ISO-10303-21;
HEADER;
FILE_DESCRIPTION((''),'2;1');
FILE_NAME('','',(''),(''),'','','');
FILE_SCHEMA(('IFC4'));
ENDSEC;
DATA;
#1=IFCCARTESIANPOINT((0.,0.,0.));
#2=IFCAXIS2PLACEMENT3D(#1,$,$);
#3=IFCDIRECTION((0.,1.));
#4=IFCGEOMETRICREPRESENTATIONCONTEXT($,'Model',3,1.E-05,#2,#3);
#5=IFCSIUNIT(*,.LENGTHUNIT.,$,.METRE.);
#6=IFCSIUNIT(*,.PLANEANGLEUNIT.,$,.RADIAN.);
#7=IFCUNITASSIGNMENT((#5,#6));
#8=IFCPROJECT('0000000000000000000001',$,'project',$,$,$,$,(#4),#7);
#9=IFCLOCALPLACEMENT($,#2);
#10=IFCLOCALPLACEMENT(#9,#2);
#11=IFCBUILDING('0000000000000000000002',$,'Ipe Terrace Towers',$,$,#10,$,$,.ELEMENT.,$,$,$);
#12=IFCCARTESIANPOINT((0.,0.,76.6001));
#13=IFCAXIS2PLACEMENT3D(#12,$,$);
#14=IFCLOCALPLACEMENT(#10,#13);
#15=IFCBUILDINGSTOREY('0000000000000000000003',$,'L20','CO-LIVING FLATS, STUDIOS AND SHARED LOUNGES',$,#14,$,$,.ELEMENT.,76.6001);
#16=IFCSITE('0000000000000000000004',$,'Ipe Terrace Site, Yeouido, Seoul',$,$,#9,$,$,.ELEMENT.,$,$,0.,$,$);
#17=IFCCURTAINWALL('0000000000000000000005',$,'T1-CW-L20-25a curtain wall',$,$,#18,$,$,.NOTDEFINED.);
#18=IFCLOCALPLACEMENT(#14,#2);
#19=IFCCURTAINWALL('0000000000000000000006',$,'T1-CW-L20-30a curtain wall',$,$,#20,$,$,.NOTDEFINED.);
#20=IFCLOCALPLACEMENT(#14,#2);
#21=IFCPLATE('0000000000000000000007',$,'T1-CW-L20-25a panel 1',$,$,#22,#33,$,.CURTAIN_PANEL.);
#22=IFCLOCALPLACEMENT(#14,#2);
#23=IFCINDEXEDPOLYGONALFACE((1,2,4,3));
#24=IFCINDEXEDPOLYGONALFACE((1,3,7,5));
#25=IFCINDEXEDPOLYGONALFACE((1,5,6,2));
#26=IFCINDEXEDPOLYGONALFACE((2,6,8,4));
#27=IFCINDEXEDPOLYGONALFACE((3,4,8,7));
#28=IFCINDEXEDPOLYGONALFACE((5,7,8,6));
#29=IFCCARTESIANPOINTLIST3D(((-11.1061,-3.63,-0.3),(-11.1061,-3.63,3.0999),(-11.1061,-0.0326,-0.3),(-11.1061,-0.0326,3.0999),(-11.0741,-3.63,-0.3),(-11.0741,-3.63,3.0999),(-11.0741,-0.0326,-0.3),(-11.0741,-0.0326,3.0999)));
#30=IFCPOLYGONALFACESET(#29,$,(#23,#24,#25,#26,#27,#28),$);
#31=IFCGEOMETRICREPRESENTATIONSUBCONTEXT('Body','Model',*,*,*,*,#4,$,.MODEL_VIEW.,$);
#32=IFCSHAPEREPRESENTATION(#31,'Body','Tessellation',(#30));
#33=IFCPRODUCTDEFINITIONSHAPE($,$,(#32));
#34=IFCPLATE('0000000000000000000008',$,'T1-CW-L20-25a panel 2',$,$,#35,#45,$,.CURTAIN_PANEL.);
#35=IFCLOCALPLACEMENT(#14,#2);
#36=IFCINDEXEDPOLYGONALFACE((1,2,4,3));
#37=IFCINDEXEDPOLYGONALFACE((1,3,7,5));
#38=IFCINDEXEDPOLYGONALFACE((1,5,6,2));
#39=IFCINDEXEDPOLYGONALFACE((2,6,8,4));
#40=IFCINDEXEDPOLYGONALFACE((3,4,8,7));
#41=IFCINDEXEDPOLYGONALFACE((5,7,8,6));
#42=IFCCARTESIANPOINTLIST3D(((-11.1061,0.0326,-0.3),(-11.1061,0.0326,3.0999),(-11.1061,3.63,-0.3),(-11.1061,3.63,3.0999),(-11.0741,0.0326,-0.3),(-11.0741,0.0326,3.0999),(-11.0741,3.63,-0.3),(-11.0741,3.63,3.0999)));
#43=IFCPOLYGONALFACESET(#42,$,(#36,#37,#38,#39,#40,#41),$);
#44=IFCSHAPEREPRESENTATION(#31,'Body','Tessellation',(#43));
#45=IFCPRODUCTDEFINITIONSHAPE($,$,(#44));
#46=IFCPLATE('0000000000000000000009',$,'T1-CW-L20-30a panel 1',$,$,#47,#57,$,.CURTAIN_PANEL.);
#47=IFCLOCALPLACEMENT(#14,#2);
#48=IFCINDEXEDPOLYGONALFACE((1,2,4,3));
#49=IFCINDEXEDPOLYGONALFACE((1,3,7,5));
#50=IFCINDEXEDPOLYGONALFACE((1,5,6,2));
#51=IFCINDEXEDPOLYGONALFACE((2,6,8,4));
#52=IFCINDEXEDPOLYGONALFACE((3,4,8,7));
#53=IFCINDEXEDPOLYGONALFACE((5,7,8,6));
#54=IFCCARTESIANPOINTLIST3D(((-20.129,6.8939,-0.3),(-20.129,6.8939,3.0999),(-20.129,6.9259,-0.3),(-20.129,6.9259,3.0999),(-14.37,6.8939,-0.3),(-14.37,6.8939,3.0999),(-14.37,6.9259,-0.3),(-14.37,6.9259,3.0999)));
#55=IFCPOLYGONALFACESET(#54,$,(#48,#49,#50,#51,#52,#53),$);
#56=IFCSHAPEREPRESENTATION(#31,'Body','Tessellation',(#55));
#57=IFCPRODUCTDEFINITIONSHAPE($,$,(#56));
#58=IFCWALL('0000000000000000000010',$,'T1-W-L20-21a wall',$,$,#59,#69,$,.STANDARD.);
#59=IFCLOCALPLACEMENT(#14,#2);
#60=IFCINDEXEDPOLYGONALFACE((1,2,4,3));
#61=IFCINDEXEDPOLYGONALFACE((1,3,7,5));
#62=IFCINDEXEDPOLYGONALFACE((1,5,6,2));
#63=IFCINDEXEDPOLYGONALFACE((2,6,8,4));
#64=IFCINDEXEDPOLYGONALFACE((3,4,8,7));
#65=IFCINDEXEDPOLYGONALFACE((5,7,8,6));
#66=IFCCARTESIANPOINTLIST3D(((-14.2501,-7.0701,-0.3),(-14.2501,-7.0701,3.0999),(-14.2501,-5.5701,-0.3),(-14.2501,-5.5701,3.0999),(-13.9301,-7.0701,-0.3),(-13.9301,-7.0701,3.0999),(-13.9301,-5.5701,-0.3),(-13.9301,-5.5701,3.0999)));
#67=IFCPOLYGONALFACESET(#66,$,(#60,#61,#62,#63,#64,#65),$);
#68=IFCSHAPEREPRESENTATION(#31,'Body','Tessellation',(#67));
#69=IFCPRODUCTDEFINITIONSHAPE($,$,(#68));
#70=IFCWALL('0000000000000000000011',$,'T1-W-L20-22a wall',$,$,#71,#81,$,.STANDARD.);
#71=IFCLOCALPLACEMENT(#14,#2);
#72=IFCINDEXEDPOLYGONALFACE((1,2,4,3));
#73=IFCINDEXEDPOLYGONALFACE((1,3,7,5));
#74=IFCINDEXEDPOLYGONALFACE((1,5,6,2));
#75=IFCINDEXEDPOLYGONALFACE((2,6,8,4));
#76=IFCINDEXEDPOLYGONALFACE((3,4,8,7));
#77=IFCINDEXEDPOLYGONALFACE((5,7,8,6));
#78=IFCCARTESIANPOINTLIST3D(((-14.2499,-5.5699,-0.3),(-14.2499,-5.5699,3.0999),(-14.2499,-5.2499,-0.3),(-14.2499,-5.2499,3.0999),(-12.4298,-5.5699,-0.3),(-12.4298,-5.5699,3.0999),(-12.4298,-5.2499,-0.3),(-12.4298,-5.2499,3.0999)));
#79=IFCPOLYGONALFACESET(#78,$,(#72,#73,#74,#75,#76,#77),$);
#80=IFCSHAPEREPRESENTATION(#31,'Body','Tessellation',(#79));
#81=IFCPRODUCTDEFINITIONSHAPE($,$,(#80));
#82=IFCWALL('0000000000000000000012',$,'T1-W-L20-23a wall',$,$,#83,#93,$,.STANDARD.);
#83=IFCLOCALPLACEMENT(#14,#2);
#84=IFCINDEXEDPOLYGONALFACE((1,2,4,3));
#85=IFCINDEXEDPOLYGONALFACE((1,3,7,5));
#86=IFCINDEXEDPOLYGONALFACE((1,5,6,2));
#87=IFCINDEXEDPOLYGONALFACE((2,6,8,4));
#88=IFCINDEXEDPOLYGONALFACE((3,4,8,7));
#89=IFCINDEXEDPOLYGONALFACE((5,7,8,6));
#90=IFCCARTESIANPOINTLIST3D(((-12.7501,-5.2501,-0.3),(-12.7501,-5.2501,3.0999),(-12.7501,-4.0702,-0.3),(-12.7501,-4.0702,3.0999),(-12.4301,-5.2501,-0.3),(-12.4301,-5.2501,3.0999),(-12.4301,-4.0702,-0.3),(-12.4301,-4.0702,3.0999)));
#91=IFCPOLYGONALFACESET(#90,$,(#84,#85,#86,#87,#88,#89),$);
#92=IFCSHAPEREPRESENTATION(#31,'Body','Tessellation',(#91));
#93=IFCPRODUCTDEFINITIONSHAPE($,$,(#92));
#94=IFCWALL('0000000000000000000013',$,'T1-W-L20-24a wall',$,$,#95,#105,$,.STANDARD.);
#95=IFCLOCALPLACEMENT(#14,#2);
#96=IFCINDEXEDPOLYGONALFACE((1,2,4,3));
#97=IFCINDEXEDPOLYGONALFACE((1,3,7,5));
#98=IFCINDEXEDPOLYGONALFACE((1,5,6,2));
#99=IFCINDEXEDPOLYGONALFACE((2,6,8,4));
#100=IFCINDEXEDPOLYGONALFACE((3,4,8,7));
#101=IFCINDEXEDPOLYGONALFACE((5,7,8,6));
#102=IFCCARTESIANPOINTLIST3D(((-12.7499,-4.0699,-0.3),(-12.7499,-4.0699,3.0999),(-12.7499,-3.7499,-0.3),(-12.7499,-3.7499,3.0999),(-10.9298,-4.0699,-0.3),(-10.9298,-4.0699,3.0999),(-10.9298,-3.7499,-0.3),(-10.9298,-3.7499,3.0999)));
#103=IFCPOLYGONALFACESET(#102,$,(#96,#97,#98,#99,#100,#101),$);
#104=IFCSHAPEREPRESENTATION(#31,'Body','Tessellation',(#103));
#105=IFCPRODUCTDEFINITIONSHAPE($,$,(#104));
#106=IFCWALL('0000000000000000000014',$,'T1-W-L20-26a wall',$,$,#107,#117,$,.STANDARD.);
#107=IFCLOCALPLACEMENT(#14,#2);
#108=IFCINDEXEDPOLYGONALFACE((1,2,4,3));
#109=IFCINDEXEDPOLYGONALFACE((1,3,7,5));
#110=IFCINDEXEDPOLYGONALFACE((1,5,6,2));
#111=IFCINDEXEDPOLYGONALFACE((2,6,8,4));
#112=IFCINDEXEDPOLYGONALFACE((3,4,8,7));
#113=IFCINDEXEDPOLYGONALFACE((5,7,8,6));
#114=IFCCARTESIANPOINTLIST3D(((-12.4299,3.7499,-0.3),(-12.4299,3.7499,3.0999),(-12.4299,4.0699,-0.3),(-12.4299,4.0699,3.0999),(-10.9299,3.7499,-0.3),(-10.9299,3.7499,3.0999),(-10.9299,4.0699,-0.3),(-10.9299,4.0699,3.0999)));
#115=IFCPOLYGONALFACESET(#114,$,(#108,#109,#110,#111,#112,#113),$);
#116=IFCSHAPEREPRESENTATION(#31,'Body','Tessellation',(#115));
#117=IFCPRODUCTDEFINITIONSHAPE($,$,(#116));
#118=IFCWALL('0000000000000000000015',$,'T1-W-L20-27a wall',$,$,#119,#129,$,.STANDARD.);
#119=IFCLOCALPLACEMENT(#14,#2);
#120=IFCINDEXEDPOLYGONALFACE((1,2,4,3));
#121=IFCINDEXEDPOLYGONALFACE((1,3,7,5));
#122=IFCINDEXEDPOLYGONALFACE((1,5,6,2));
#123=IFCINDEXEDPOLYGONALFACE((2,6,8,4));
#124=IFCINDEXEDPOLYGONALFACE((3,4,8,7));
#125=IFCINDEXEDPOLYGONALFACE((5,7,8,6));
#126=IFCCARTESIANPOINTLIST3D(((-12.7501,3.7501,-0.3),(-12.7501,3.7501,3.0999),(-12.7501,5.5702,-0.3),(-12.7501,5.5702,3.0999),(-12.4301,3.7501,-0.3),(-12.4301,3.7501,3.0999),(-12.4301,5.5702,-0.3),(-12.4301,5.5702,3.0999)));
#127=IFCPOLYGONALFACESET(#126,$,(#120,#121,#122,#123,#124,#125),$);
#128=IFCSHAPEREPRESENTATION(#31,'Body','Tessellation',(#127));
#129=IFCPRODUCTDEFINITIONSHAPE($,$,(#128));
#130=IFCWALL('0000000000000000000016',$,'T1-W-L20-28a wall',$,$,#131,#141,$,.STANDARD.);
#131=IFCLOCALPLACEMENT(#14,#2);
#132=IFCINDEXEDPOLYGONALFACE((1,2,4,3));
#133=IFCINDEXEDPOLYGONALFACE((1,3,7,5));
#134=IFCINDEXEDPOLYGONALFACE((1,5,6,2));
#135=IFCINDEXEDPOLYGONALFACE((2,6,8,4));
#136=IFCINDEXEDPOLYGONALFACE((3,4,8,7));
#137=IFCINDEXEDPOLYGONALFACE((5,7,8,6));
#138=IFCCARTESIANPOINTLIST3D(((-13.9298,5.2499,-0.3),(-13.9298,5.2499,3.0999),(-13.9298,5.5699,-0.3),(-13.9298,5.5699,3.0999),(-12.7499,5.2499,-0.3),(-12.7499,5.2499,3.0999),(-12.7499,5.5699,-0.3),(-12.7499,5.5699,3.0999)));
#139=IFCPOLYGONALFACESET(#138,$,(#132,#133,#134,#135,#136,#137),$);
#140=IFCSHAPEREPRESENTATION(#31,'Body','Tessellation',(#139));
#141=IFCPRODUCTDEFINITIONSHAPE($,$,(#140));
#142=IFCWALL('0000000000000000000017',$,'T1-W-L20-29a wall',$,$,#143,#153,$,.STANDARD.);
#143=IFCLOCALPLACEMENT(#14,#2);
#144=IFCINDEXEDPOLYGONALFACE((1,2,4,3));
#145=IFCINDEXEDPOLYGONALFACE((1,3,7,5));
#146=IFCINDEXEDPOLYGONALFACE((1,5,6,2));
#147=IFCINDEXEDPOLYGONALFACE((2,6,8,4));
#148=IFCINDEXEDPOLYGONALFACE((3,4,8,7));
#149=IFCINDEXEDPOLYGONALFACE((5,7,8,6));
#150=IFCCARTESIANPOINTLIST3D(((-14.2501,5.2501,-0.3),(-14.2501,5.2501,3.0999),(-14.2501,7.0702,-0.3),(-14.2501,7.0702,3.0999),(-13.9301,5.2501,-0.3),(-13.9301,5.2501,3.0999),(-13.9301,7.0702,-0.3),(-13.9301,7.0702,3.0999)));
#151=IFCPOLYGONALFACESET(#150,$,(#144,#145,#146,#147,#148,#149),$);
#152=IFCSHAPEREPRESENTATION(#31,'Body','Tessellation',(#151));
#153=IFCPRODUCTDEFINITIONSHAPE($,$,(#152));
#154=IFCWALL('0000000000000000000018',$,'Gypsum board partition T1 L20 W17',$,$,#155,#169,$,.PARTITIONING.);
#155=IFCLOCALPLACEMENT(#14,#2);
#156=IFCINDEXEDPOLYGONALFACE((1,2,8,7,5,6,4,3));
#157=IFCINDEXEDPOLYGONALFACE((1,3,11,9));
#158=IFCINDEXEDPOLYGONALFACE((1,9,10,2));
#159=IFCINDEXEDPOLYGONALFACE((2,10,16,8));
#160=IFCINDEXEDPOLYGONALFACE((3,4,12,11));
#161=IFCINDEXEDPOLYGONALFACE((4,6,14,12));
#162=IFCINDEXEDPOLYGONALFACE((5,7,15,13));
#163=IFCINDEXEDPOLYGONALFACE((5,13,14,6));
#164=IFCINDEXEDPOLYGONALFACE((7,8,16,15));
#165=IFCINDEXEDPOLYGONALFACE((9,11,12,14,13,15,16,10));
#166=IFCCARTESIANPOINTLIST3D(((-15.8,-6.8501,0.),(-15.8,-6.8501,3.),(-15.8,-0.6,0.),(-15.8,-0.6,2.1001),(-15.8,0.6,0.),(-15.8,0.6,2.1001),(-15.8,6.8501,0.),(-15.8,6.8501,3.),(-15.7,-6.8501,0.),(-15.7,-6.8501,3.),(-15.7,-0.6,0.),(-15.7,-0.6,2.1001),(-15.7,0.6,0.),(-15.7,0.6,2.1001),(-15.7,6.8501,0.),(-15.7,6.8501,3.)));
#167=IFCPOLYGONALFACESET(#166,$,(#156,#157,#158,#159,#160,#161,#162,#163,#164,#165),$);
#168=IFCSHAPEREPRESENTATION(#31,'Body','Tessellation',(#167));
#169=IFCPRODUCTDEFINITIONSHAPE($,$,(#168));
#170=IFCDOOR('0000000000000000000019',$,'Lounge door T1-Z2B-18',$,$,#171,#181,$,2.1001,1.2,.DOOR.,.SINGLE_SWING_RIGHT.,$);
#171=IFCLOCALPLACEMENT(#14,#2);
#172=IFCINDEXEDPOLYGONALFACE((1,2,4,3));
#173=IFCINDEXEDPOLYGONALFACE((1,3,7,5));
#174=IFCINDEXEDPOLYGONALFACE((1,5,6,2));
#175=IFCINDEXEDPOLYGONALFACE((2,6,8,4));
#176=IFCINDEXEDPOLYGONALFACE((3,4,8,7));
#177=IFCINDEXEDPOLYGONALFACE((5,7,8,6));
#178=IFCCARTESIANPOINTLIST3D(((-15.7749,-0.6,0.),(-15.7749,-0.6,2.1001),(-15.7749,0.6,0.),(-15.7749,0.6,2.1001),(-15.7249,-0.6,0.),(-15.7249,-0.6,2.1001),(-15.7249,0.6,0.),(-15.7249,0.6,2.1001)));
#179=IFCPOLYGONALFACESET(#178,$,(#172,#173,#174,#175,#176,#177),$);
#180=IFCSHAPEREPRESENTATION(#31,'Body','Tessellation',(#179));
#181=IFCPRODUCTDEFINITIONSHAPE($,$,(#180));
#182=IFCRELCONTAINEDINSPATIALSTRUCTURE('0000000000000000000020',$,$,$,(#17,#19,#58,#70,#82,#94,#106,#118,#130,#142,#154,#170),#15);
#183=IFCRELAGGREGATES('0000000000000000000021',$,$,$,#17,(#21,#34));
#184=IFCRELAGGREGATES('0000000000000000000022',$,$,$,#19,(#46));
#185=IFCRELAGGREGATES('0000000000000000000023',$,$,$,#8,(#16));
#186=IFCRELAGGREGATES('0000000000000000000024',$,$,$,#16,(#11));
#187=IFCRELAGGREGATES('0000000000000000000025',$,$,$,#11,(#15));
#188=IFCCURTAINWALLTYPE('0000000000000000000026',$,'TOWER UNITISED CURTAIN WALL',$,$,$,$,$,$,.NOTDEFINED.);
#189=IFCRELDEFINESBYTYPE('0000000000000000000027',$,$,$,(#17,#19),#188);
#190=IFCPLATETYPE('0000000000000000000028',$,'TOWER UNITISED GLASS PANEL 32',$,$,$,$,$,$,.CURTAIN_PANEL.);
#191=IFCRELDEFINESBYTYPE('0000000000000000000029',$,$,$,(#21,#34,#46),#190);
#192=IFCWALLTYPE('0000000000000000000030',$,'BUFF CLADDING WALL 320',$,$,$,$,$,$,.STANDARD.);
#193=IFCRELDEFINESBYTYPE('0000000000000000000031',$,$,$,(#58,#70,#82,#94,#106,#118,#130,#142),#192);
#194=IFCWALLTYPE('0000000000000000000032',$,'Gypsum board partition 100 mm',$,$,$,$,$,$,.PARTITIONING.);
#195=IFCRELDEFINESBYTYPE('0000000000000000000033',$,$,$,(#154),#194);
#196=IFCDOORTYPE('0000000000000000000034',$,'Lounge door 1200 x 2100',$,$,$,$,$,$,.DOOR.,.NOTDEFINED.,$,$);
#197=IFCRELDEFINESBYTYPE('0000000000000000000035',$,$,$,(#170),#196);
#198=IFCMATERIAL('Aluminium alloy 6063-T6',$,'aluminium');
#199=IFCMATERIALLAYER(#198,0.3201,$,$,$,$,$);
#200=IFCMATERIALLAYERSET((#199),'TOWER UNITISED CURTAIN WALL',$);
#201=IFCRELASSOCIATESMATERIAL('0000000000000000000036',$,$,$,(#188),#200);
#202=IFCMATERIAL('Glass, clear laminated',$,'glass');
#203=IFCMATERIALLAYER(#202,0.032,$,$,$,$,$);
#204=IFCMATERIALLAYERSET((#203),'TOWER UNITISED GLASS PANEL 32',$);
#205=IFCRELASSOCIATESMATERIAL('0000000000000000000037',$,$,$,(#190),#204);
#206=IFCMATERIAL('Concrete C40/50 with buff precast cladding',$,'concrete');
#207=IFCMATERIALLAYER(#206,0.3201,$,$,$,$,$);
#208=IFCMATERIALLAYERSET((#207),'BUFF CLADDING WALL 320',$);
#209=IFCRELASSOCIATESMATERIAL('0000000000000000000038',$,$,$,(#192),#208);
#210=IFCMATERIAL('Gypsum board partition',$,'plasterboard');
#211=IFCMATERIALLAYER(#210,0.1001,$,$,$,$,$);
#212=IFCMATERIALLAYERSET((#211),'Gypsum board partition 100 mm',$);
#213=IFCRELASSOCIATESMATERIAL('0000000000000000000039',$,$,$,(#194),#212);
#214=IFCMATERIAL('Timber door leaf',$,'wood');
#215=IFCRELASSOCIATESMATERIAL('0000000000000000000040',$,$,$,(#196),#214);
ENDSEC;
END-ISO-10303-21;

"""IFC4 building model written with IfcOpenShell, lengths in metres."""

from ifc_helpers import new_model, si_unit, direction, frame, frame_2d, origin, origin_2d, place, context, subcontext, project, spatial, rectangle, extrude, material, layer, layer_set, type_object, element, fill, aggregate, save


model = new_model("IFC4")

# Units and contexts
model_context = context("Model", 3, precision=1e-05, world=origin(), true_north=direction((0.0, 1.0)))
body_context = subcontext(model_context, "Body", "Model", "MODEL_VIEW")
ifc_project = project(units=[si_unit("LENGTHUNIT", "METRE"), si_unit("PLANEANGLEUNIT", "RADIAN")], contexts=[model_context])

# Site, building, storey
site_placement = place(None, origin())
site = spatial("IfcSite", under=ifc_project, at=site_placement, Name="Ipe Terrace Site, Yeouido, Seoul", CompositionType="ELEMENT", RefElevation=0.0)
building_placement = place(site_placement, origin())
building = spatial("IfcBuilding", under=site, at=building_placement, Name="Ipe Terrace Towers", CompositionType="ELEMENT")
storey_placement = place(building_placement, frame((0.0, 0.0, 76.6001)))
storey = spatial("IfcBuildingStorey", under=building, at=storey_placement, Name="L20", Description="CO-LIVING FLATS, STUDIOS AND SHARED LOUNGES", CompositionType="ELEMENT", Elevation=76.6001)

# Shared definitions
ifc_material_1 = material(Name="Aluminium alloy 6063-T6", Category="aluminium")
ifc_layer_1 = layer(ifc_material_1, 0.3201)
ifc_layer_set_1 = layer_set([ifc_layer_1], Name="TOWER UNITISED CURTAIN WALL")
curtain_wall_type = type_object("IfcCurtainWallType", Name="TOWER UNITISED CURTAIN WALL", PredefinedType="NOTDEFINED", material=ifc_layer_set_1)

# Curtain wall
curtain_wall_1_placement = place(storey_placement, origin())
curtain_wall_1 = element("IfcCurtainWall", 1, at=curtain_wall_1_placement, inside=storey, type_object=curtain_wall_type, Name="T1-CW-L20-25a curtain wall", PredefinedType="NOTDEFINED")

# Curtain wall
curtain_wall_2_placement = place(storey_placement, origin())
curtain_wall_2 = element("IfcCurtainWall", 2, at=curtain_wall_2_placement, inside=storey, type_object=curtain_wall_type, Name="T1-CW-L20-30a curtain wall", PredefinedType="NOTDEFINED")

# Plates
ifc_material_2 = material(Name="Glass, clear laminated", Category="glass")
ifc_layer_2 = layer(ifc_material_2, 0.032)
ifc_layer_set_2 = layer_set([ifc_layer_2], Name="TOWER UNITISED GLASS PANEL 32")
plate_type = type_object("IfcPlateType", Name="TOWER UNITISED GLASS PANEL 32", PredefinedType="CURTAIN_PANEL", material=ifc_layer_set_2)
plate_1_placement = place(storey_placement, frame((-11.0901, -1.8313, -0.3), z_axis=(0.0, 0.0, 1.0), x_axis=(0.0, 1.0, 0.0)))
plate_1 = element("IfcPlate", 3, at=plate_1_placement, type_object=plate_type, Name="T1-CW-L20-25a panel 1", PredefinedType="CURTAIN_PANEL", context=body_context, shape_type="SweptSolid", body=[
    extrude(rectangle(XDim=3.5974, YDim=0.032, at=origin_2d()), origin(), (0.0, 0.0, 1.0), 3.3999),
])
plate_2_placement = place(storey_placement, frame((-11.0901, 1.8313, -0.3), z_axis=(0.0, 0.0, 1.0), x_axis=(0.0, 1.0, 0.0)))
plate_2 = element("IfcPlate", 4, at=plate_2_placement, type_object=plate_type, Name="T1-CW-L20-25a panel 2", PredefinedType="CURTAIN_PANEL", context=body_context, shape_type="SweptSolid", body=[
    extrude(rectangle(XDim=3.5974, YDim=0.032, at=origin_2d()), origin(), (0.0, 0.0, 1.0), 3.3999),
])
aggregate(curtain_wall_1, [plate_1, plate_2])
plate_3_placement = place(storey_placement, frame((-17.2495, 6.9099, -0.3), z_axis=(0.0, 0.0, 1.0), x_axis=(-1.0, 0.0, 0.0)))
plate_3 = element("IfcPlate", 5, at=plate_3_placement, type_object=plate_type, Name="T1-CW-L20-30a panel 1", PredefinedType="CURTAIN_PANEL", context=body_context, shape_type="SweptSolid", body=[
    extrude(rectangle(XDim=5.759, YDim=0.032, at=origin_2d()), origin(), (0.0, 0.0, 1.0), 3.3999),
])
aggregate(curtain_wall_2, [plate_3])

# Walls
ifc_material_3 = material(Name="Concrete C40/50 with buff precast cladding", Category="concrete")
ifc_layer_3 = layer(ifc_material_3, 0.3201)
ifc_layer_set_3 = layer_set([ifc_layer_3], Name="BUFF CLADDING WALL 320")
wall_type_1 = type_object("IfcWallType", Name="BUFF CLADDING WALL 320", PredefinedType="STANDARD", material=ifc_layer_set_3)
wall_1_placement = place(storey_placement, frame((-14.0901, -7.0701, -0.3), z_axis=(0.0, 0.0, 1.0), x_axis=(0.0, 1.0, 0.0)))
element("IfcWall", 6, at=wall_1_placement, inside=storey, type_object=wall_type_1, Name="T1-W-L20-21a wall", PredefinedType="STANDARD", context=body_context, shape_type="SweptSolid", body=[
    extrude(rectangle(XDim=1.5, YDim=0.3201, at=frame_2d((0.75, 0.0))), origin(), (0.0, 0.0, 1.0), 3.3999),
])
wall_2_placement = place(storey_placement, frame((-14.25, -5.4099, -0.3), z_axis=(0.0, 0.0, 1.0), x_axis=(1.0, 0.0, 0.0)))
element("IfcWall", 7, at=wall_2_placement, inside=storey, type_object=wall_type_1, Name="T1-W-L20-22a wall", PredefinedType="STANDARD", context=body_context, shape_type="SweptSolid", body=[
    extrude(rectangle(XDim=1.8201, YDim=0.3201, at=frame_2d((0.9102, 0.0))), origin(), (0.0, 0.0, 1.0), 3.3999),
])
wall_3_placement = place(storey_placement, frame((-12.5901, -5.25, -0.3), z_axis=(0.0, 0.0, 1.0), x_axis=(0.0, 1.0, 0.0)))
element("IfcWall", 8, at=wall_3_placement, inside=storey, type_object=wall_type_1, Name="T1-W-L20-23a wall", PredefinedType="STANDARD", context=body_context, shape_type="SweptSolid", body=[
    extrude(rectangle(XDim=1.1799, YDim=0.3201, at=frame_2d((0.5898, 0.0))), origin(), (0.0, 0.0, 1.0), 3.3999),
])
wall_4_placement = place(storey_placement, frame((-12.75, -3.9099, -0.3), z_axis=(0.0, 0.0, 1.0), x_axis=(1.0, 0.0, 0.0)))
element("IfcWall", 9, at=wall_4_placement, inside=storey, type_object=wall_type_1, Name="T1-W-L20-24a wall", PredefinedType="STANDARD", context=body_context, shape_type="SweptSolid", body=[
    extrude(rectangle(XDim=1.8201, YDim=0.3201, at=frame_2d((0.9102, 0.0))), origin(), (0.0, 0.0, 1.0), 3.3999),
])
wall_5_placement = place(storey_placement, frame((-10.9299, 3.9099, -0.3), z_axis=(0.0, 0.0, 1.0), x_axis=(-1.0, 0.0, 0.0)))
element("IfcWall", 10, at=wall_5_placement, inside=storey, type_object=wall_type_1, Name="T1-W-L20-26a wall", PredefinedType="STANDARD", context=body_context, shape_type="SweptSolid", body=[
    extrude(rectangle(XDim=1.5, YDim=0.3201, at=frame_2d((0.75, 0.0))), origin(), (0.0, 0.0, 1.0), 3.3999),
])
wall_6_placement = place(storey_placement, frame((-12.5901, 3.75, -0.3), z_axis=(0.0, 0.0, 1.0), x_axis=(0.0, 1.0, 0.0)))
element("IfcWall", 11, at=wall_6_placement, inside=storey, type_object=wall_type_1, Name="T1-W-L20-27a wall", PredefinedType="STANDARD", context=body_context, shape_type="SweptSolid", body=[
    extrude(rectangle(XDim=1.8201, YDim=0.3201, at=frame_2d((0.9102, 0.0))), origin(), (0.0, 0.0, 1.0), 3.3999),
])
wall_7_placement = place(storey_placement, frame((-12.75, 5.4099, -0.3), z_axis=(0.0, 0.0, 1.0), x_axis=(-1.0, 0.0, 0.0)))
element("IfcWall", 12, at=wall_7_placement, inside=storey, type_object=wall_type_1, Name="T1-W-L20-28a wall", PredefinedType="STANDARD", context=body_context, shape_type="SweptSolid", body=[
    extrude(rectangle(XDim=1.1799, YDim=0.3201, at=frame_2d((0.5898, 0.0))), origin(), (0.0, 0.0, 1.0), 3.3999),
])
wall_8_placement = place(storey_placement, frame((-14.0901, 5.25, -0.3), z_axis=(0.0, 0.0, 1.0), x_axis=(0.0, 1.0, 0.0)))
element("IfcWall", 13, at=wall_8_placement, inside=storey, type_object=wall_type_1, Name="T1-W-L20-29a wall", PredefinedType="STANDARD", context=body_context, shape_type="SweptSolid", body=[
    extrude(rectangle(XDim=1.8201, YDim=0.3201, at=frame_2d((0.9102, 0.0))), origin(), (0.0, 0.0, 1.0), 3.3999),
])

# Wall, opening, door
ifc_material_4 = material(Name="Gypsum board partition", Category="plasterboard")
ifc_layer_4 = layer(ifc_material_4, 0.1001)
ifc_layer_set_4 = layer_set([ifc_layer_4], Name="Gypsum board partition 100 mm")
wall_type_2 = type_object("IfcWallType", Name="Gypsum board partition 100 mm", PredefinedType="PARTITIONING", material=ifc_layer_set_4)
wall_9_placement = place(storey_placement, frame((-15.75, -6.8501, 0.0), z_axis=(0.0, 0.0, 1.0), x_axis=(0.0, 1.0, 0.0)))
wall_9 = element("IfcWall", 14, at=wall_9_placement, inside=storey, type_object=wall_type_2, Name="Gypsum board partition T1 L20 W17", PredefinedType="PARTITIONING", context=body_context, shape_type="SweptSolid", body=[
    extrude(rectangle(XDim=13.7002, YDim=0.1001, at=frame_2d((6.8501, 0.0))), origin(), (0.0, 0.0, 1.0), 3.0),
])
opening_placement = place(wall_9_placement, frame((6.25, 0.0, 0.0)))
opening = element("IfcOpeningElement", 15, at=opening_placement, cuts=wall_9, PredefinedType="OPENING", context=body_context, shape_type="SweptSolid", body=[
    extrude(rectangle(XDim=1.2, YDim=2.1001, at=frame_2d((0.6001, 1.05))), frame((0.0, 0.0601, 0.0), z_axis=(0.0, -1.0, 0.0), x_axis=(1.0, 0.0, 0.0)), (0.0, 0.0, 1.0), 0.1201),
])
ifc_material_5 = material(Name="Timber door leaf", Category="wood")
door_type = type_object("IfcDoorType", Name="Lounge door 1200 x 2100", OperationType="NOTDEFINED", PredefinedType="DOOR", material=ifc_material_5)
door_placement = place(opening_placement, origin())
door = element("IfcDoor", 16, at=door_placement, inside=storey, type_object=door_type, Name="Lounge door T1-Z2B-18", OperationType="SINGLE_SWING_RIGHT", OverallHeight=2.1001, OverallWidth=1.2, PredefinedType="DOOR", context=body_context, shape_type="SweptSolid", body=[
    extrude(rectangle(XDim=1.2, YDim=2.1001, at=frame_2d((0.6001, 1.05))), frame((0.0, 0.0249, 0.0), z_axis=(0.0, -1.0, 0.0), x_axis=(1.0, 0.0, 0.0)), (0.0, 0.0, 1.0), 0.05),
])
fill(opening, door)

save(model, "model.ifc")
